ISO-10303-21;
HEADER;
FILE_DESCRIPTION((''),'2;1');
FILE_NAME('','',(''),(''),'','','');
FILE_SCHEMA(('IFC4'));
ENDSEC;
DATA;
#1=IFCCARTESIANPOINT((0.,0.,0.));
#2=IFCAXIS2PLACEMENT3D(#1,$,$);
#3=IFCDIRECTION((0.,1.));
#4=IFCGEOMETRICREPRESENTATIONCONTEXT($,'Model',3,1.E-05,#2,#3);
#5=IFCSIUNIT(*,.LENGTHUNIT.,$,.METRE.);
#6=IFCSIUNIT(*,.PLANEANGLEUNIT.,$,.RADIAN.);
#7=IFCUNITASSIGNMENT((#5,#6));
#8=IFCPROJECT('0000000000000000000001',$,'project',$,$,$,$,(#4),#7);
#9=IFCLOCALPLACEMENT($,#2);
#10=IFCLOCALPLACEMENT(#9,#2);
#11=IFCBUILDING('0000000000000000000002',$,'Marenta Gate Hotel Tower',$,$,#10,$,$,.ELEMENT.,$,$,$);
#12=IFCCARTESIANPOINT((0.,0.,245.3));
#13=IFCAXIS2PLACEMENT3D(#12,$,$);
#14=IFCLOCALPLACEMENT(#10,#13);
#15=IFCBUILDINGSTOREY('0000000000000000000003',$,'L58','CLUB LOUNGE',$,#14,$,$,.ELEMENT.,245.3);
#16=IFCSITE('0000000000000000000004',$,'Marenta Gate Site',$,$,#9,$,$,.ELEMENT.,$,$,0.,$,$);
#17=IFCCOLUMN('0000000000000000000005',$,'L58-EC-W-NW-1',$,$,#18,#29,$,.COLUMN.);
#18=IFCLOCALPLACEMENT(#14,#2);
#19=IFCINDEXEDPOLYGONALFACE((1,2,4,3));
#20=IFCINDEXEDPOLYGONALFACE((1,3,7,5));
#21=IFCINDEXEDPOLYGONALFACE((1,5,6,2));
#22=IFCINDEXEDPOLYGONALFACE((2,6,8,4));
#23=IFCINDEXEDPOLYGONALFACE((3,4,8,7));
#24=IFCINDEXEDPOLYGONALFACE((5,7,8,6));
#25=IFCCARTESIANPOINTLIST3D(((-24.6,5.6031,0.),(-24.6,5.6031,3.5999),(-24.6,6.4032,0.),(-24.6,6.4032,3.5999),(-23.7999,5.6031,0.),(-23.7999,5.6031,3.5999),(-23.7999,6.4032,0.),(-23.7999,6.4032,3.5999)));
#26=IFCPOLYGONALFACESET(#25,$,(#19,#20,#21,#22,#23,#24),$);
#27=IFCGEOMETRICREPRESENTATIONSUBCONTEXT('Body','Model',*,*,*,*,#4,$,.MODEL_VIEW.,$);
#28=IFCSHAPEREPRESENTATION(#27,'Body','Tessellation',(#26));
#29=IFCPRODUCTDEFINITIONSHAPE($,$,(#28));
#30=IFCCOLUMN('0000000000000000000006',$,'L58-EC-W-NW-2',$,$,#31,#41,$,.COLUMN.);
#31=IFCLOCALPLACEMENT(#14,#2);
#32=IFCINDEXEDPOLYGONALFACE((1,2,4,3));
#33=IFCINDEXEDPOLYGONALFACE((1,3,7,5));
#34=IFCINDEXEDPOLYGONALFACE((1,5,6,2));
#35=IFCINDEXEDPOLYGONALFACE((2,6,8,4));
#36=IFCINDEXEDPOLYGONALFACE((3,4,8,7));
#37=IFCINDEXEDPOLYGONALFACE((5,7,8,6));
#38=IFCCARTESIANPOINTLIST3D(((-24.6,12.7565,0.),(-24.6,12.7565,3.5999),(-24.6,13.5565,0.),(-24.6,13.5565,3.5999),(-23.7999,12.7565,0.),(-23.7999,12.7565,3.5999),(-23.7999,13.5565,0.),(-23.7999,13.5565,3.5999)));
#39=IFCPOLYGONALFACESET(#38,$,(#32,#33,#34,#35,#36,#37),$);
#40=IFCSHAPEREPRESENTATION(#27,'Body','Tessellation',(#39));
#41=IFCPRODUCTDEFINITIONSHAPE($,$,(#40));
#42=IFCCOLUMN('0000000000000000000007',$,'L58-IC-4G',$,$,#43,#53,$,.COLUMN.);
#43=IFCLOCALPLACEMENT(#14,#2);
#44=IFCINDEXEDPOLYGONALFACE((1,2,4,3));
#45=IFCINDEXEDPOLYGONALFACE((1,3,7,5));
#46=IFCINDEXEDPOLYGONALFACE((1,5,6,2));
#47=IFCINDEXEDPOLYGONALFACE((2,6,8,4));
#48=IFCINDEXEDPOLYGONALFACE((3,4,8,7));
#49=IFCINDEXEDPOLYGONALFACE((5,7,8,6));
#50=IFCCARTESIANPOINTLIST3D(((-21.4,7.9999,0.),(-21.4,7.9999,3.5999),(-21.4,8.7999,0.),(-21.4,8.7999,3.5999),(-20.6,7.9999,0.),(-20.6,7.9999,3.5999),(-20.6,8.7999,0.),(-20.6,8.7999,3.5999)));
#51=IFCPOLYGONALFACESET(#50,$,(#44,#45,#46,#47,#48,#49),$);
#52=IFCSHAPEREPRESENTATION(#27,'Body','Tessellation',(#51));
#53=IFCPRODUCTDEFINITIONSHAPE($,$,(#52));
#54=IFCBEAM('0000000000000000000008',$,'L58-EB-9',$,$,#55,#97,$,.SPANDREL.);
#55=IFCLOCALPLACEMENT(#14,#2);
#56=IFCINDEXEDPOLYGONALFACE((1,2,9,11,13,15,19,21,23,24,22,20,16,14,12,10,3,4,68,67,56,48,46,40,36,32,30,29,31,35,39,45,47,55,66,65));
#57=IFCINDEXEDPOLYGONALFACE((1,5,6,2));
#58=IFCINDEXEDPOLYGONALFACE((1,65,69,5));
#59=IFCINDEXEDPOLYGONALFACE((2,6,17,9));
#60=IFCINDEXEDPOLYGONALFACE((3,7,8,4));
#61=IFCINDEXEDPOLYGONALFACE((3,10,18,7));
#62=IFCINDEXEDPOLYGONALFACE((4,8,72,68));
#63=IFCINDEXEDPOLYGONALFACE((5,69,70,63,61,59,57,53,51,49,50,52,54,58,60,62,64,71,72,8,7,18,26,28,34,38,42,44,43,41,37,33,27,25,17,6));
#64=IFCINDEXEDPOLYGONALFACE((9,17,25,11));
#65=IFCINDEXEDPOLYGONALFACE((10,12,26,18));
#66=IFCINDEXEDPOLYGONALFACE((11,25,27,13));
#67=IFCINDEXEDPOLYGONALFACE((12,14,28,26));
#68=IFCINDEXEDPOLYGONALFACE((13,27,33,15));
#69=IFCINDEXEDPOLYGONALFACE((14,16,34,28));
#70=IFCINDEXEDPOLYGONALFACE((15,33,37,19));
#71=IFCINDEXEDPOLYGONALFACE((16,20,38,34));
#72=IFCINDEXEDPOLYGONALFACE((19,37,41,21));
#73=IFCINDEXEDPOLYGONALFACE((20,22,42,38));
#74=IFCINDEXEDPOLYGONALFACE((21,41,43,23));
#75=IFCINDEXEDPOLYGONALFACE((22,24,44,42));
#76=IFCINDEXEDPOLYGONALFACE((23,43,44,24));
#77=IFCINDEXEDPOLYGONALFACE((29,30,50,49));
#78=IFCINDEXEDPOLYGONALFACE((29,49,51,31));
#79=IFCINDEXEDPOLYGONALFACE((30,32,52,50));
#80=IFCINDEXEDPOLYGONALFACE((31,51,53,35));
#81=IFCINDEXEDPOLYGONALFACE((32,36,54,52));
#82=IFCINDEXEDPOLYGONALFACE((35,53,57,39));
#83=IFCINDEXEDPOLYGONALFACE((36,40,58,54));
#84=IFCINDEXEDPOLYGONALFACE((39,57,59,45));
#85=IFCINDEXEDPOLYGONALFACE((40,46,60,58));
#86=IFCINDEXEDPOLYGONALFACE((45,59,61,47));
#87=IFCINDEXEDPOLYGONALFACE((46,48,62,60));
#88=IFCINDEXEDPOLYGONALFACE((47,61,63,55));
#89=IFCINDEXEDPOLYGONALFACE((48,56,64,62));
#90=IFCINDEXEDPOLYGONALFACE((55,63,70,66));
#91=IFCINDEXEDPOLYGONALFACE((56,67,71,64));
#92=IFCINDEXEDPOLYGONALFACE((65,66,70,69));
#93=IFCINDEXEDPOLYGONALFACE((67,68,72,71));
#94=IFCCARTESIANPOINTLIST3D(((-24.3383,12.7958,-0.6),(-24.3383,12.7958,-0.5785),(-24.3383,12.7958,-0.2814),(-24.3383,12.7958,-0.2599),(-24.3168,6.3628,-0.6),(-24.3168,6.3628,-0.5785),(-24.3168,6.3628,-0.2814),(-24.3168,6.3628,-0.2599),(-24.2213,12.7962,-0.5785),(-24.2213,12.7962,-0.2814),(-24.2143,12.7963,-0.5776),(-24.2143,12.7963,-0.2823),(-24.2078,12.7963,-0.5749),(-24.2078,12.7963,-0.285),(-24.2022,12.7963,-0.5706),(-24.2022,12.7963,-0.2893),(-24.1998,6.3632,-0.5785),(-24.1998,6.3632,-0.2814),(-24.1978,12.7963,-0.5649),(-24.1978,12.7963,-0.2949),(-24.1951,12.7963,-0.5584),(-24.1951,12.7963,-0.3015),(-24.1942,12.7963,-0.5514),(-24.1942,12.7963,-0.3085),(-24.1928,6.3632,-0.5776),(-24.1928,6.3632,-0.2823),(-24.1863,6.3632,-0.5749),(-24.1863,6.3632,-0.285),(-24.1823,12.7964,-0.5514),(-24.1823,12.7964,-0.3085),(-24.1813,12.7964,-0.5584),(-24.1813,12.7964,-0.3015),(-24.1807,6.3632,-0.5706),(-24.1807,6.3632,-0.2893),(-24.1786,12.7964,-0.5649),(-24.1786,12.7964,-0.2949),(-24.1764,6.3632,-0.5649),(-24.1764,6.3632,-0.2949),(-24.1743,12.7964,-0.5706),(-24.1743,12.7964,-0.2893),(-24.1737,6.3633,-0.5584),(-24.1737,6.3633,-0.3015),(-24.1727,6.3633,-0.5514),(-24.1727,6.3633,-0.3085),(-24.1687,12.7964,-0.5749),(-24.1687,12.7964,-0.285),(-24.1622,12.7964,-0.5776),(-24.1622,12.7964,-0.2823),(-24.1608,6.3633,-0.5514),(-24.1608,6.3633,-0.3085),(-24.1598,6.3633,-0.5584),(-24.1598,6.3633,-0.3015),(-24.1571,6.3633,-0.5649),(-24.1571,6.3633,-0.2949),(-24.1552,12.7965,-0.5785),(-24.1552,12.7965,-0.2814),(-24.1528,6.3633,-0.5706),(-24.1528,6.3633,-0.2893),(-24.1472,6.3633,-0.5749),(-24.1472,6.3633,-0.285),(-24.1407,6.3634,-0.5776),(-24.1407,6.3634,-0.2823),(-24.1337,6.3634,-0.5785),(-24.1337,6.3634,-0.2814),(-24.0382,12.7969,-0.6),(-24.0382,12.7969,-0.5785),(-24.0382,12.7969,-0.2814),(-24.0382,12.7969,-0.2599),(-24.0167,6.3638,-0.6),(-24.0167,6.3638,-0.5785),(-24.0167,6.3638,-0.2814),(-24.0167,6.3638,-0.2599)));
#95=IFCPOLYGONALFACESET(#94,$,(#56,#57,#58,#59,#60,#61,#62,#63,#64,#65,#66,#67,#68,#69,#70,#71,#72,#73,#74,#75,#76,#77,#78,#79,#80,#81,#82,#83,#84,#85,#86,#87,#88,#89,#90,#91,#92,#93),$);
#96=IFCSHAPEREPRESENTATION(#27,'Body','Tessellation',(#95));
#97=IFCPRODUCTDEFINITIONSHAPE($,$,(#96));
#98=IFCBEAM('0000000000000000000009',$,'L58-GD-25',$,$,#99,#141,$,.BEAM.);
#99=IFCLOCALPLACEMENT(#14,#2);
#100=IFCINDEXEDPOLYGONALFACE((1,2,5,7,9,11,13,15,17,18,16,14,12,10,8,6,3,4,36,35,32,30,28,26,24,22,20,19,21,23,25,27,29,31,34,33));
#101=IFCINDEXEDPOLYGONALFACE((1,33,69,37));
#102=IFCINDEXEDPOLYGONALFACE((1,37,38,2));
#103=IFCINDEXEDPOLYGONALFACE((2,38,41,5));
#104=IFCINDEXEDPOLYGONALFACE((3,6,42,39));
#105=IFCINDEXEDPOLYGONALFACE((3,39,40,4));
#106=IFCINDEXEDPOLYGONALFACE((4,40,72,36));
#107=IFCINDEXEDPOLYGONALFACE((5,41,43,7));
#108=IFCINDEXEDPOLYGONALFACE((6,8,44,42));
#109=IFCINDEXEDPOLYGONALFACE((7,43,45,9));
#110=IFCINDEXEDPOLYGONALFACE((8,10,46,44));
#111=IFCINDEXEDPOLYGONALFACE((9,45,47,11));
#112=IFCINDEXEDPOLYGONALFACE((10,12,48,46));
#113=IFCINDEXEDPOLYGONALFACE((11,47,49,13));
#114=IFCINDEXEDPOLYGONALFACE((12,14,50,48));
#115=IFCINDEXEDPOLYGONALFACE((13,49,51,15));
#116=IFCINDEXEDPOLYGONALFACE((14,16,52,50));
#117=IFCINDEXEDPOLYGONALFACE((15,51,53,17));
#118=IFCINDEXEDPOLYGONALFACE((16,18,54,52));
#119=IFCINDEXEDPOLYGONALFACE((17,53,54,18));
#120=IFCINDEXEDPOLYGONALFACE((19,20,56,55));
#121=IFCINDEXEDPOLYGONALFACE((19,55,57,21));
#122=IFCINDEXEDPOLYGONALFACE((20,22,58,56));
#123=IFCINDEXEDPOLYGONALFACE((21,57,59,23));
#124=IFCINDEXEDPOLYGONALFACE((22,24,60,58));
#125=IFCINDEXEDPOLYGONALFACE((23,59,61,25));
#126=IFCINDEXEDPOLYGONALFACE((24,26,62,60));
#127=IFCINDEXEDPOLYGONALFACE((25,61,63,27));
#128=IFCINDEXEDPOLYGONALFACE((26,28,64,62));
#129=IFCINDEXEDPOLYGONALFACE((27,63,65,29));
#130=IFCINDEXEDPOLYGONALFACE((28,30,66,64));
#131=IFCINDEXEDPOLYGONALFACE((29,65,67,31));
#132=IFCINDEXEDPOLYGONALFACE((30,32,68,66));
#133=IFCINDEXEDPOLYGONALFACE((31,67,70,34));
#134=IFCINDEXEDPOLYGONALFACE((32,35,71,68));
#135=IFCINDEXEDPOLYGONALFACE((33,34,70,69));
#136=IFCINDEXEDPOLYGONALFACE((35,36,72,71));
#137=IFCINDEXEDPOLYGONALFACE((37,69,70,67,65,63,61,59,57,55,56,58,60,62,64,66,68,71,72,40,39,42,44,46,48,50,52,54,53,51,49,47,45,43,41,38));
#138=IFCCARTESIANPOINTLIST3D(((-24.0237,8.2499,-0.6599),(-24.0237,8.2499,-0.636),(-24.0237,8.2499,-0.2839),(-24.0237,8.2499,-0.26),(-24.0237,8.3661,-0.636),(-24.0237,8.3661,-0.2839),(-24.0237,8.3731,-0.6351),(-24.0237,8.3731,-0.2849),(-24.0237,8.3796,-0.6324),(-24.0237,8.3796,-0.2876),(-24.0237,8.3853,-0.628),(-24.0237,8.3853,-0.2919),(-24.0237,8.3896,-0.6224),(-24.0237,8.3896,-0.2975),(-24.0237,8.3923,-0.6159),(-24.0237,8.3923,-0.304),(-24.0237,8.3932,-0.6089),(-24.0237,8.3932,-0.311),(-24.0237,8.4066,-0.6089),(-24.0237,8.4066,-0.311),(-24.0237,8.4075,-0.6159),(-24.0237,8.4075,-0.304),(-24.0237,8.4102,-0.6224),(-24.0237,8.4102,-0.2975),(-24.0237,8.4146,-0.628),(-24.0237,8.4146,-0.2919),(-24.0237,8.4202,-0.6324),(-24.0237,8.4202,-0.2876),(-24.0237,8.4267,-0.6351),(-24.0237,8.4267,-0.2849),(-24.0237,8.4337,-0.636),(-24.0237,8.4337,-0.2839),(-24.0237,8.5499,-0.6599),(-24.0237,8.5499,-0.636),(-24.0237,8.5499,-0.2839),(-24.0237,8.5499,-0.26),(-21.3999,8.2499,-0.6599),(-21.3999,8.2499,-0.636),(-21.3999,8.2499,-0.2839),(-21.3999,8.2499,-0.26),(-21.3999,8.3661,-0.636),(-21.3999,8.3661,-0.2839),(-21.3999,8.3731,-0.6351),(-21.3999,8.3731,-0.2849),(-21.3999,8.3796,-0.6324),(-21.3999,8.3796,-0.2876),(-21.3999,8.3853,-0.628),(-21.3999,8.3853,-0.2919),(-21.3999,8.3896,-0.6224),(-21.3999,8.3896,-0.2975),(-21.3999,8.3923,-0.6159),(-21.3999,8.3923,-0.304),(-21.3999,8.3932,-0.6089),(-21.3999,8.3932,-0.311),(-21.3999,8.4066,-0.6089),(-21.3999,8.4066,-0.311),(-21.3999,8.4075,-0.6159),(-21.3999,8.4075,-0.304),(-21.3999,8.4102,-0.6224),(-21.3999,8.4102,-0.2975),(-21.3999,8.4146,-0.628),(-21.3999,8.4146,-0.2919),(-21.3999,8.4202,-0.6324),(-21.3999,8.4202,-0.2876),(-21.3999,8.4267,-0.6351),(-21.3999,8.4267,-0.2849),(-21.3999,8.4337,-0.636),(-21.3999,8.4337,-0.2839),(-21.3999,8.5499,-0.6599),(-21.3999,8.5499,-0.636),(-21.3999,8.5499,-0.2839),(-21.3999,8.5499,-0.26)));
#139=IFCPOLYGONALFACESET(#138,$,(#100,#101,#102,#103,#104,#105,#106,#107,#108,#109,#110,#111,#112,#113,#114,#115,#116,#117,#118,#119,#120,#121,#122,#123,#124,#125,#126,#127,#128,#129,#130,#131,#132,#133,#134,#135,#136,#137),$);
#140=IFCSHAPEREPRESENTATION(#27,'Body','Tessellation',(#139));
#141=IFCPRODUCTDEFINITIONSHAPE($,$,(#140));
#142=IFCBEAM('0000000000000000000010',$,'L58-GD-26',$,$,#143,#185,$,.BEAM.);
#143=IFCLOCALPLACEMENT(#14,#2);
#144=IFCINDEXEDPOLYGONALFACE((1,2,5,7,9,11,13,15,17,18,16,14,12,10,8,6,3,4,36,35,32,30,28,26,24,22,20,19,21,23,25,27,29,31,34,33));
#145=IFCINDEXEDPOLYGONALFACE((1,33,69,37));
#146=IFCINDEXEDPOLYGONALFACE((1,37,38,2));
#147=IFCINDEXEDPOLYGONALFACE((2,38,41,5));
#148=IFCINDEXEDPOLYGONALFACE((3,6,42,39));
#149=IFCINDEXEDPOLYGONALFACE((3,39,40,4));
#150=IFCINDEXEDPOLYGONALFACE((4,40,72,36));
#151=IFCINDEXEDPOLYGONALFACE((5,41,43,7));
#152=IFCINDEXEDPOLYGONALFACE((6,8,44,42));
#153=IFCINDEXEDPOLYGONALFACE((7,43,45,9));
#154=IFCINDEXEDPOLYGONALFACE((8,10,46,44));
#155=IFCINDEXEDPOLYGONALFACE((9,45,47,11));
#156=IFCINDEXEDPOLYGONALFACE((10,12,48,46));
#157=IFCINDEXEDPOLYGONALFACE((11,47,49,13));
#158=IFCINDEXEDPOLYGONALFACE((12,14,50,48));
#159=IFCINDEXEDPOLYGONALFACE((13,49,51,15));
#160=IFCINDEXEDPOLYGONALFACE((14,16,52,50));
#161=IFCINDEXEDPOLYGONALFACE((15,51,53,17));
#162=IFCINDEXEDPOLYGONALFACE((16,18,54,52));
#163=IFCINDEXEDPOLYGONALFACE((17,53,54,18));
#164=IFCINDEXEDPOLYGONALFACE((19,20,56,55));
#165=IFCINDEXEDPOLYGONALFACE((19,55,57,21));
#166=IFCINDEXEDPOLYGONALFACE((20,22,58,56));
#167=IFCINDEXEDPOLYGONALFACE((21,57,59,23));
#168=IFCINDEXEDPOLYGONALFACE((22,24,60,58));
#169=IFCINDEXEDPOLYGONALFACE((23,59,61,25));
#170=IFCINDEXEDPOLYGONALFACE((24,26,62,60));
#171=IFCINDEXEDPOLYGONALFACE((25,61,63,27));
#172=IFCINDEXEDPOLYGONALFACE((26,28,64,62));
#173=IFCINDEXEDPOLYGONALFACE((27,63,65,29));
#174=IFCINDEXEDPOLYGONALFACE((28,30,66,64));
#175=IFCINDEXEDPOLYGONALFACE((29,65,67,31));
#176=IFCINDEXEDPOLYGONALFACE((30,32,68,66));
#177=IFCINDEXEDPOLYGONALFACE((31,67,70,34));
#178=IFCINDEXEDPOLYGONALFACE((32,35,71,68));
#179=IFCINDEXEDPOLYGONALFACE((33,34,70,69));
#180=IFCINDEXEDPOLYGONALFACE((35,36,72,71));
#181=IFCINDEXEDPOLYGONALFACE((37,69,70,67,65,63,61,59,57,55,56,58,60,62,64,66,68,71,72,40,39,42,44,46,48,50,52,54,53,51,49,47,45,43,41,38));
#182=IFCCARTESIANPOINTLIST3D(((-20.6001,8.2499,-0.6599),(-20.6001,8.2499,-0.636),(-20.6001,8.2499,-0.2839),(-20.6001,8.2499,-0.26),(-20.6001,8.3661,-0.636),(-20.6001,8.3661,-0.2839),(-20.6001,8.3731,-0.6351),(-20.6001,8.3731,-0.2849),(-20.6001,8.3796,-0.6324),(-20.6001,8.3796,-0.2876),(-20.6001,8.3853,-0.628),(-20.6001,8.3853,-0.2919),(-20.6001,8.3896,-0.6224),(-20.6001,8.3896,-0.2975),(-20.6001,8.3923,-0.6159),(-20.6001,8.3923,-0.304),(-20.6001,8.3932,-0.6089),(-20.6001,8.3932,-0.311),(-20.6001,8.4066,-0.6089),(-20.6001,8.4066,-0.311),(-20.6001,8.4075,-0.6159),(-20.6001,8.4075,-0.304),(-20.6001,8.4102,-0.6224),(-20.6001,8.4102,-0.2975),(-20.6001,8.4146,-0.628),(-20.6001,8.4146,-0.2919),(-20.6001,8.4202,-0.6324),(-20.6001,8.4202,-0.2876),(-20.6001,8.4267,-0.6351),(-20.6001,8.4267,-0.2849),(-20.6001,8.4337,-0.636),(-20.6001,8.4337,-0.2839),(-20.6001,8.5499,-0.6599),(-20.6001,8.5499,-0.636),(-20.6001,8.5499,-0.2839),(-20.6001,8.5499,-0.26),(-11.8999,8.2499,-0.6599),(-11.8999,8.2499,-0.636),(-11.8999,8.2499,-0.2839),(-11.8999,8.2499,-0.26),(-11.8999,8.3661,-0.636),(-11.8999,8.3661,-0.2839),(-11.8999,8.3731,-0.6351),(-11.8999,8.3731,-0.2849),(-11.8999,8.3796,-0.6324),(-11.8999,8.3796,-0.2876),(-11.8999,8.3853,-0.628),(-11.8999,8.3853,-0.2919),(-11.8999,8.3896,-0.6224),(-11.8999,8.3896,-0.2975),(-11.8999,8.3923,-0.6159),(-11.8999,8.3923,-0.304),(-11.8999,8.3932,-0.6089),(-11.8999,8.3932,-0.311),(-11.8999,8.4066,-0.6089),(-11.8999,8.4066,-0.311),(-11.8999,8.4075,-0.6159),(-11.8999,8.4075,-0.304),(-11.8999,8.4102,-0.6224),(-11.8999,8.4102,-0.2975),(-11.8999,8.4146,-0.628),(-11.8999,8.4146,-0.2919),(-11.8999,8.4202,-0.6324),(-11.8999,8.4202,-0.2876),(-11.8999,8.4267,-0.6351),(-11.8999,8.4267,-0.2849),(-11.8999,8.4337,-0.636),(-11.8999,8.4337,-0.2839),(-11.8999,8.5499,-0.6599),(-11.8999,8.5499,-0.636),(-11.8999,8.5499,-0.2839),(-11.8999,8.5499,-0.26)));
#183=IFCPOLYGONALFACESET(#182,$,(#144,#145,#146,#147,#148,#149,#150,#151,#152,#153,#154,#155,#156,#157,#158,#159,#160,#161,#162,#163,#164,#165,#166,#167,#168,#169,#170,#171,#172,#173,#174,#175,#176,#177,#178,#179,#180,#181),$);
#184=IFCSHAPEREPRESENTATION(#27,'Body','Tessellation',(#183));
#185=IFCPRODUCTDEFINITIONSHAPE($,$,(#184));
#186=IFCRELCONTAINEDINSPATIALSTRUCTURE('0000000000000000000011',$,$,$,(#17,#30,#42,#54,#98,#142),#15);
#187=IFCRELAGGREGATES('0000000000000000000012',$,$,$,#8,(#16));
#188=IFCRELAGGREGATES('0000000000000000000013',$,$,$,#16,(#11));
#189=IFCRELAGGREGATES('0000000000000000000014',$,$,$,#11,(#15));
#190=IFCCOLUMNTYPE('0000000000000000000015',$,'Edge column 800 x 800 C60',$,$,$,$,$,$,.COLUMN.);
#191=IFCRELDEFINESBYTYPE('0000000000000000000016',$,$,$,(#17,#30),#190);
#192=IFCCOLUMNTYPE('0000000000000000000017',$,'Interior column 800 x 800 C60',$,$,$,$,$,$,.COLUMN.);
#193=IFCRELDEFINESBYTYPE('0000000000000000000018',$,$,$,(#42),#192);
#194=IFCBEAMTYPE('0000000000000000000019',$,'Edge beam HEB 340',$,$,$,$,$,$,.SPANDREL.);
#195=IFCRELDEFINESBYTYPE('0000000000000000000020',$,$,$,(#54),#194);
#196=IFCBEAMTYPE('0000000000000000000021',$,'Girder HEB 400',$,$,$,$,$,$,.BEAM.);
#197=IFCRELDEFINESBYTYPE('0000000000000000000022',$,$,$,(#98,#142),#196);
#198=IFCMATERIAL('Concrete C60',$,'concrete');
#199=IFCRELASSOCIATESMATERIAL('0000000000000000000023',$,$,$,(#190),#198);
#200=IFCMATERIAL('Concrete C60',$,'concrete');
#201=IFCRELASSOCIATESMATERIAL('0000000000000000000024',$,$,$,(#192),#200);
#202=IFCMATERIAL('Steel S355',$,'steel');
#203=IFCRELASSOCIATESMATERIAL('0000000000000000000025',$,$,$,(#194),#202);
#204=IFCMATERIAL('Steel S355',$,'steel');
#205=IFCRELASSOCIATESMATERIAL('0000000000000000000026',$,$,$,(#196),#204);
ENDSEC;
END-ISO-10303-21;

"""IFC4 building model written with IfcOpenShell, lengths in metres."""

from ifc_helpers import new_model, si_unit, direction, frame, origin, origin_2d, place, context, subcontext, project, spatial, rectangle, i_section, extrude, material, material_profile, profile_set, type_object, element, save


model = new_model("IFC4")

# Units and contexts
model_context = context("Model", 3, precision=1e-05, world=origin(), true_north=direction((0.0, 1.0)))
body_context = subcontext(model_context, "Body", "Model", "MODEL_VIEW")
ifc_project = project(units=[si_unit("LENGTHUNIT", "METRE"), si_unit("PLANEANGLEUNIT", "RADIAN")], contexts=[model_context])

# Site, building, storey
site_placement = place(None, origin())
site = spatial("IfcSite", under=ifc_project, at=site_placement, Name="Marenta Gate Site", CompositionType="ELEMENT", RefElevation=0.0)
building_placement = place(site_placement, origin())
building = spatial("IfcBuilding", under=site, at=building_placement, Name="Marenta Gate Hotel Tower", CompositionType="ELEMENT")
storey_placement = place(building_placement, frame((0.0, 0.0, 245.3)))
storey = spatial("IfcBuildingStorey", under=building, at=storey_placement, Name="L58", Description="CLUB LOUNGE", CompositionType="ELEMENT", Elevation=245.3)

# Columns
ifc_material_1 = material(Name="Concrete C60", Category="concrete")
ifc_material_profile_1 = material_profile(ifc_material_1, rectangle(XDim=0.8, YDim=0.8, at=origin_2d()), Name="800 x 800")
ifc_profile_set_1 = profile_set([ifc_material_profile_1], Name="Concrete C60")
column_type_1 = type_object("IfcColumnType", Name="Edge column 800 x 800 C60", PredefinedType="COLUMN", material=ifc_profile_set_1)
for number, where, z_axis, x_axis, name in (
    (1, (-24.2, 6.0032, 0.0), (0.0, 0.0, 1.0), (1.0, 0.0, 0.0), "L58-EC-W-NW-1"),
    (2, (-24.2, 13.1565, 0.0), (0.0, 0.0, 1.0), (1.0, 0.0, 0.0), "L58-EC-W-NW-2"),
):
    element("IfcColumn", number, at=place(storey_placement, frame(where, z_axis=z_axis, x_axis=x_axis)), inside=storey, type_object=column_type_1, Name=name, PredefinedType="COLUMN", context=body_context, shape_type="SweptSolid", body=[
        extrude(rectangle(XDim=0.8, YDim=0.8, at=origin_2d()), origin(), (0.0, 0.0, 1.0), 3.5999),
    ])
ifc_material_2 = material(Name="Concrete C60", Category="concrete")
ifc_material_profile_2 = material_profile(ifc_material_2, rectangle(XDim=0.8, YDim=0.8, at=origin_2d()), Name="800 x 800")
ifc_profile_set_2 = profile_set([ifc_material_profile_2], Name="Concrete C60")
column_type_2 = type_object("IfcColumnType", Name="Interior column 800 x 800 C60", PredefinedType="COLUMN", material=ifc_profile_set_2)
column_placement = place(storey_placement, frame((-21.0, 8.3999, 0.0), z_axis=(0.0, 0.0, 1.0), x_axis=(1.0, 0.0, 0.0)))
element("IfcColumn", 3, at=column_placement, inside=storey, type_object=column_type_2, Name="L58-IC-4G", PredefinedType="COLUMN", context=body_context, shape_type="SweptSolid", body=[
    extrude(rectangle(XDim=0.8, YDim=0.8, at=origin_2d()), origin(), (0.0, 0.0, 1.0), 3.5999),
])

# Beams
ifc_material_3 = material(Name="Steel S355", Category="steel")
ifc_material_profile_3 = material_profile(ifc_material_3, i_section(OverallWidth=0.3, OverallDepth=0.3401, WebThickness=0.012, FlangeThickness=0.0215, FilletRadius=0.0271, at=origin_2d()), Name="HEB 340")
ifc_profile_set_3 = profile_set([ifc_material_profile_3], Name="Steel S355")
beam_type_1 = type_object("IfcBeamType", Name="Edge beam HEB 340", PredefinedType="SPANDREL", material=ifc_profile_set_3)
beam_1_placement = place(storey_placement, frame((-24.1667, 6.3633, -0.4299), z_axis=(-0.00334, 0.999994, 0.0), x_axis=(-0.999994, -0.00334, 0.0)))
element("IfcBeam", 4, at=beam_1_placement, inside=storey, type_object=beam_type_1, Name="L58-EB-9", PredefinedType="SPANDREL", context=body_context, shape_type="SweptSolid", body=[
    extrude(i_section(OverallWidth=0.3, OverallDepth=0.3401, WebThickness=0.012, FlangeThickness=0.0215, FilletRadius=0.0271, at=origin_2d()), origin(), (0.0, 0.0, 1.0), 6.4331),
])
ifc_material_4 = material(Name="Steel S355", Category="steel")
ifc_material_profile_4 = material_profile(ifc_material_4, i_section(OverallWidth=0.3, OverallDepth=0.3999, WebThickness=0.0134, FlangeThickness=0.0239, FilletRadius=0.0271, at=origin_2d()), Name="HEB 400")
ifc_profile_set_4 = profile_set([ifc_material_profile_4], Name="Steel S355")
beam_type_2 = type_object("IfcBeamType", Name="Girder HEB 400", PredefinedType="BEAM", material=ifc_profile_set_4)
beam_2_placement = place(storey_placement, frame((-24.0237, 8.3999, -0.46), z_axis=(1.0, 0.0, 0.0), x_axis=(0.0, 1.0, 0.0)))
element("IfcBeam", 5, at=beam_2_placement, inside=storey, type_object=beam_type_2, Name="L58-GD-25", PredefinedType="BEAM", context=body_context, shape_type="SweptSolid", body=[
    extrude(i_section(OverallWidth=0.3, OverallDepth=0.3999, WebThickness=0.0134, FlangeThickness=0.0239, FilletRadius=0.0271, at=origin_2d()), origin(), (0.0, 0.0, 1.0), 2.6238),
])
beam_3_placement = place(storey_placement, frame((-20.6001, 8.3999, -0.46), z_axis=(1.0, 0.0, 0.0), x_axis=(0.0, 1.0, 0.0)))
element("IfcBeam", 6, at=beam_3_placement, inside=storey, type_object=beam_type_2, Name="L58-GD-26", PredefinedType="BEAM", context=body_context, shape_type="SweptSolid", body=[
    extrude(i_section(OverallWidth=0.3, OverallDepth=0.3999, WebThickness=0.0134, FlangeThickness=0.0239, FilletRadius=0.0271, at=origin_2d()), origin(), (0.0, 0.0, 1.0), 8.7002),
])

save(model, "model.ifc")
